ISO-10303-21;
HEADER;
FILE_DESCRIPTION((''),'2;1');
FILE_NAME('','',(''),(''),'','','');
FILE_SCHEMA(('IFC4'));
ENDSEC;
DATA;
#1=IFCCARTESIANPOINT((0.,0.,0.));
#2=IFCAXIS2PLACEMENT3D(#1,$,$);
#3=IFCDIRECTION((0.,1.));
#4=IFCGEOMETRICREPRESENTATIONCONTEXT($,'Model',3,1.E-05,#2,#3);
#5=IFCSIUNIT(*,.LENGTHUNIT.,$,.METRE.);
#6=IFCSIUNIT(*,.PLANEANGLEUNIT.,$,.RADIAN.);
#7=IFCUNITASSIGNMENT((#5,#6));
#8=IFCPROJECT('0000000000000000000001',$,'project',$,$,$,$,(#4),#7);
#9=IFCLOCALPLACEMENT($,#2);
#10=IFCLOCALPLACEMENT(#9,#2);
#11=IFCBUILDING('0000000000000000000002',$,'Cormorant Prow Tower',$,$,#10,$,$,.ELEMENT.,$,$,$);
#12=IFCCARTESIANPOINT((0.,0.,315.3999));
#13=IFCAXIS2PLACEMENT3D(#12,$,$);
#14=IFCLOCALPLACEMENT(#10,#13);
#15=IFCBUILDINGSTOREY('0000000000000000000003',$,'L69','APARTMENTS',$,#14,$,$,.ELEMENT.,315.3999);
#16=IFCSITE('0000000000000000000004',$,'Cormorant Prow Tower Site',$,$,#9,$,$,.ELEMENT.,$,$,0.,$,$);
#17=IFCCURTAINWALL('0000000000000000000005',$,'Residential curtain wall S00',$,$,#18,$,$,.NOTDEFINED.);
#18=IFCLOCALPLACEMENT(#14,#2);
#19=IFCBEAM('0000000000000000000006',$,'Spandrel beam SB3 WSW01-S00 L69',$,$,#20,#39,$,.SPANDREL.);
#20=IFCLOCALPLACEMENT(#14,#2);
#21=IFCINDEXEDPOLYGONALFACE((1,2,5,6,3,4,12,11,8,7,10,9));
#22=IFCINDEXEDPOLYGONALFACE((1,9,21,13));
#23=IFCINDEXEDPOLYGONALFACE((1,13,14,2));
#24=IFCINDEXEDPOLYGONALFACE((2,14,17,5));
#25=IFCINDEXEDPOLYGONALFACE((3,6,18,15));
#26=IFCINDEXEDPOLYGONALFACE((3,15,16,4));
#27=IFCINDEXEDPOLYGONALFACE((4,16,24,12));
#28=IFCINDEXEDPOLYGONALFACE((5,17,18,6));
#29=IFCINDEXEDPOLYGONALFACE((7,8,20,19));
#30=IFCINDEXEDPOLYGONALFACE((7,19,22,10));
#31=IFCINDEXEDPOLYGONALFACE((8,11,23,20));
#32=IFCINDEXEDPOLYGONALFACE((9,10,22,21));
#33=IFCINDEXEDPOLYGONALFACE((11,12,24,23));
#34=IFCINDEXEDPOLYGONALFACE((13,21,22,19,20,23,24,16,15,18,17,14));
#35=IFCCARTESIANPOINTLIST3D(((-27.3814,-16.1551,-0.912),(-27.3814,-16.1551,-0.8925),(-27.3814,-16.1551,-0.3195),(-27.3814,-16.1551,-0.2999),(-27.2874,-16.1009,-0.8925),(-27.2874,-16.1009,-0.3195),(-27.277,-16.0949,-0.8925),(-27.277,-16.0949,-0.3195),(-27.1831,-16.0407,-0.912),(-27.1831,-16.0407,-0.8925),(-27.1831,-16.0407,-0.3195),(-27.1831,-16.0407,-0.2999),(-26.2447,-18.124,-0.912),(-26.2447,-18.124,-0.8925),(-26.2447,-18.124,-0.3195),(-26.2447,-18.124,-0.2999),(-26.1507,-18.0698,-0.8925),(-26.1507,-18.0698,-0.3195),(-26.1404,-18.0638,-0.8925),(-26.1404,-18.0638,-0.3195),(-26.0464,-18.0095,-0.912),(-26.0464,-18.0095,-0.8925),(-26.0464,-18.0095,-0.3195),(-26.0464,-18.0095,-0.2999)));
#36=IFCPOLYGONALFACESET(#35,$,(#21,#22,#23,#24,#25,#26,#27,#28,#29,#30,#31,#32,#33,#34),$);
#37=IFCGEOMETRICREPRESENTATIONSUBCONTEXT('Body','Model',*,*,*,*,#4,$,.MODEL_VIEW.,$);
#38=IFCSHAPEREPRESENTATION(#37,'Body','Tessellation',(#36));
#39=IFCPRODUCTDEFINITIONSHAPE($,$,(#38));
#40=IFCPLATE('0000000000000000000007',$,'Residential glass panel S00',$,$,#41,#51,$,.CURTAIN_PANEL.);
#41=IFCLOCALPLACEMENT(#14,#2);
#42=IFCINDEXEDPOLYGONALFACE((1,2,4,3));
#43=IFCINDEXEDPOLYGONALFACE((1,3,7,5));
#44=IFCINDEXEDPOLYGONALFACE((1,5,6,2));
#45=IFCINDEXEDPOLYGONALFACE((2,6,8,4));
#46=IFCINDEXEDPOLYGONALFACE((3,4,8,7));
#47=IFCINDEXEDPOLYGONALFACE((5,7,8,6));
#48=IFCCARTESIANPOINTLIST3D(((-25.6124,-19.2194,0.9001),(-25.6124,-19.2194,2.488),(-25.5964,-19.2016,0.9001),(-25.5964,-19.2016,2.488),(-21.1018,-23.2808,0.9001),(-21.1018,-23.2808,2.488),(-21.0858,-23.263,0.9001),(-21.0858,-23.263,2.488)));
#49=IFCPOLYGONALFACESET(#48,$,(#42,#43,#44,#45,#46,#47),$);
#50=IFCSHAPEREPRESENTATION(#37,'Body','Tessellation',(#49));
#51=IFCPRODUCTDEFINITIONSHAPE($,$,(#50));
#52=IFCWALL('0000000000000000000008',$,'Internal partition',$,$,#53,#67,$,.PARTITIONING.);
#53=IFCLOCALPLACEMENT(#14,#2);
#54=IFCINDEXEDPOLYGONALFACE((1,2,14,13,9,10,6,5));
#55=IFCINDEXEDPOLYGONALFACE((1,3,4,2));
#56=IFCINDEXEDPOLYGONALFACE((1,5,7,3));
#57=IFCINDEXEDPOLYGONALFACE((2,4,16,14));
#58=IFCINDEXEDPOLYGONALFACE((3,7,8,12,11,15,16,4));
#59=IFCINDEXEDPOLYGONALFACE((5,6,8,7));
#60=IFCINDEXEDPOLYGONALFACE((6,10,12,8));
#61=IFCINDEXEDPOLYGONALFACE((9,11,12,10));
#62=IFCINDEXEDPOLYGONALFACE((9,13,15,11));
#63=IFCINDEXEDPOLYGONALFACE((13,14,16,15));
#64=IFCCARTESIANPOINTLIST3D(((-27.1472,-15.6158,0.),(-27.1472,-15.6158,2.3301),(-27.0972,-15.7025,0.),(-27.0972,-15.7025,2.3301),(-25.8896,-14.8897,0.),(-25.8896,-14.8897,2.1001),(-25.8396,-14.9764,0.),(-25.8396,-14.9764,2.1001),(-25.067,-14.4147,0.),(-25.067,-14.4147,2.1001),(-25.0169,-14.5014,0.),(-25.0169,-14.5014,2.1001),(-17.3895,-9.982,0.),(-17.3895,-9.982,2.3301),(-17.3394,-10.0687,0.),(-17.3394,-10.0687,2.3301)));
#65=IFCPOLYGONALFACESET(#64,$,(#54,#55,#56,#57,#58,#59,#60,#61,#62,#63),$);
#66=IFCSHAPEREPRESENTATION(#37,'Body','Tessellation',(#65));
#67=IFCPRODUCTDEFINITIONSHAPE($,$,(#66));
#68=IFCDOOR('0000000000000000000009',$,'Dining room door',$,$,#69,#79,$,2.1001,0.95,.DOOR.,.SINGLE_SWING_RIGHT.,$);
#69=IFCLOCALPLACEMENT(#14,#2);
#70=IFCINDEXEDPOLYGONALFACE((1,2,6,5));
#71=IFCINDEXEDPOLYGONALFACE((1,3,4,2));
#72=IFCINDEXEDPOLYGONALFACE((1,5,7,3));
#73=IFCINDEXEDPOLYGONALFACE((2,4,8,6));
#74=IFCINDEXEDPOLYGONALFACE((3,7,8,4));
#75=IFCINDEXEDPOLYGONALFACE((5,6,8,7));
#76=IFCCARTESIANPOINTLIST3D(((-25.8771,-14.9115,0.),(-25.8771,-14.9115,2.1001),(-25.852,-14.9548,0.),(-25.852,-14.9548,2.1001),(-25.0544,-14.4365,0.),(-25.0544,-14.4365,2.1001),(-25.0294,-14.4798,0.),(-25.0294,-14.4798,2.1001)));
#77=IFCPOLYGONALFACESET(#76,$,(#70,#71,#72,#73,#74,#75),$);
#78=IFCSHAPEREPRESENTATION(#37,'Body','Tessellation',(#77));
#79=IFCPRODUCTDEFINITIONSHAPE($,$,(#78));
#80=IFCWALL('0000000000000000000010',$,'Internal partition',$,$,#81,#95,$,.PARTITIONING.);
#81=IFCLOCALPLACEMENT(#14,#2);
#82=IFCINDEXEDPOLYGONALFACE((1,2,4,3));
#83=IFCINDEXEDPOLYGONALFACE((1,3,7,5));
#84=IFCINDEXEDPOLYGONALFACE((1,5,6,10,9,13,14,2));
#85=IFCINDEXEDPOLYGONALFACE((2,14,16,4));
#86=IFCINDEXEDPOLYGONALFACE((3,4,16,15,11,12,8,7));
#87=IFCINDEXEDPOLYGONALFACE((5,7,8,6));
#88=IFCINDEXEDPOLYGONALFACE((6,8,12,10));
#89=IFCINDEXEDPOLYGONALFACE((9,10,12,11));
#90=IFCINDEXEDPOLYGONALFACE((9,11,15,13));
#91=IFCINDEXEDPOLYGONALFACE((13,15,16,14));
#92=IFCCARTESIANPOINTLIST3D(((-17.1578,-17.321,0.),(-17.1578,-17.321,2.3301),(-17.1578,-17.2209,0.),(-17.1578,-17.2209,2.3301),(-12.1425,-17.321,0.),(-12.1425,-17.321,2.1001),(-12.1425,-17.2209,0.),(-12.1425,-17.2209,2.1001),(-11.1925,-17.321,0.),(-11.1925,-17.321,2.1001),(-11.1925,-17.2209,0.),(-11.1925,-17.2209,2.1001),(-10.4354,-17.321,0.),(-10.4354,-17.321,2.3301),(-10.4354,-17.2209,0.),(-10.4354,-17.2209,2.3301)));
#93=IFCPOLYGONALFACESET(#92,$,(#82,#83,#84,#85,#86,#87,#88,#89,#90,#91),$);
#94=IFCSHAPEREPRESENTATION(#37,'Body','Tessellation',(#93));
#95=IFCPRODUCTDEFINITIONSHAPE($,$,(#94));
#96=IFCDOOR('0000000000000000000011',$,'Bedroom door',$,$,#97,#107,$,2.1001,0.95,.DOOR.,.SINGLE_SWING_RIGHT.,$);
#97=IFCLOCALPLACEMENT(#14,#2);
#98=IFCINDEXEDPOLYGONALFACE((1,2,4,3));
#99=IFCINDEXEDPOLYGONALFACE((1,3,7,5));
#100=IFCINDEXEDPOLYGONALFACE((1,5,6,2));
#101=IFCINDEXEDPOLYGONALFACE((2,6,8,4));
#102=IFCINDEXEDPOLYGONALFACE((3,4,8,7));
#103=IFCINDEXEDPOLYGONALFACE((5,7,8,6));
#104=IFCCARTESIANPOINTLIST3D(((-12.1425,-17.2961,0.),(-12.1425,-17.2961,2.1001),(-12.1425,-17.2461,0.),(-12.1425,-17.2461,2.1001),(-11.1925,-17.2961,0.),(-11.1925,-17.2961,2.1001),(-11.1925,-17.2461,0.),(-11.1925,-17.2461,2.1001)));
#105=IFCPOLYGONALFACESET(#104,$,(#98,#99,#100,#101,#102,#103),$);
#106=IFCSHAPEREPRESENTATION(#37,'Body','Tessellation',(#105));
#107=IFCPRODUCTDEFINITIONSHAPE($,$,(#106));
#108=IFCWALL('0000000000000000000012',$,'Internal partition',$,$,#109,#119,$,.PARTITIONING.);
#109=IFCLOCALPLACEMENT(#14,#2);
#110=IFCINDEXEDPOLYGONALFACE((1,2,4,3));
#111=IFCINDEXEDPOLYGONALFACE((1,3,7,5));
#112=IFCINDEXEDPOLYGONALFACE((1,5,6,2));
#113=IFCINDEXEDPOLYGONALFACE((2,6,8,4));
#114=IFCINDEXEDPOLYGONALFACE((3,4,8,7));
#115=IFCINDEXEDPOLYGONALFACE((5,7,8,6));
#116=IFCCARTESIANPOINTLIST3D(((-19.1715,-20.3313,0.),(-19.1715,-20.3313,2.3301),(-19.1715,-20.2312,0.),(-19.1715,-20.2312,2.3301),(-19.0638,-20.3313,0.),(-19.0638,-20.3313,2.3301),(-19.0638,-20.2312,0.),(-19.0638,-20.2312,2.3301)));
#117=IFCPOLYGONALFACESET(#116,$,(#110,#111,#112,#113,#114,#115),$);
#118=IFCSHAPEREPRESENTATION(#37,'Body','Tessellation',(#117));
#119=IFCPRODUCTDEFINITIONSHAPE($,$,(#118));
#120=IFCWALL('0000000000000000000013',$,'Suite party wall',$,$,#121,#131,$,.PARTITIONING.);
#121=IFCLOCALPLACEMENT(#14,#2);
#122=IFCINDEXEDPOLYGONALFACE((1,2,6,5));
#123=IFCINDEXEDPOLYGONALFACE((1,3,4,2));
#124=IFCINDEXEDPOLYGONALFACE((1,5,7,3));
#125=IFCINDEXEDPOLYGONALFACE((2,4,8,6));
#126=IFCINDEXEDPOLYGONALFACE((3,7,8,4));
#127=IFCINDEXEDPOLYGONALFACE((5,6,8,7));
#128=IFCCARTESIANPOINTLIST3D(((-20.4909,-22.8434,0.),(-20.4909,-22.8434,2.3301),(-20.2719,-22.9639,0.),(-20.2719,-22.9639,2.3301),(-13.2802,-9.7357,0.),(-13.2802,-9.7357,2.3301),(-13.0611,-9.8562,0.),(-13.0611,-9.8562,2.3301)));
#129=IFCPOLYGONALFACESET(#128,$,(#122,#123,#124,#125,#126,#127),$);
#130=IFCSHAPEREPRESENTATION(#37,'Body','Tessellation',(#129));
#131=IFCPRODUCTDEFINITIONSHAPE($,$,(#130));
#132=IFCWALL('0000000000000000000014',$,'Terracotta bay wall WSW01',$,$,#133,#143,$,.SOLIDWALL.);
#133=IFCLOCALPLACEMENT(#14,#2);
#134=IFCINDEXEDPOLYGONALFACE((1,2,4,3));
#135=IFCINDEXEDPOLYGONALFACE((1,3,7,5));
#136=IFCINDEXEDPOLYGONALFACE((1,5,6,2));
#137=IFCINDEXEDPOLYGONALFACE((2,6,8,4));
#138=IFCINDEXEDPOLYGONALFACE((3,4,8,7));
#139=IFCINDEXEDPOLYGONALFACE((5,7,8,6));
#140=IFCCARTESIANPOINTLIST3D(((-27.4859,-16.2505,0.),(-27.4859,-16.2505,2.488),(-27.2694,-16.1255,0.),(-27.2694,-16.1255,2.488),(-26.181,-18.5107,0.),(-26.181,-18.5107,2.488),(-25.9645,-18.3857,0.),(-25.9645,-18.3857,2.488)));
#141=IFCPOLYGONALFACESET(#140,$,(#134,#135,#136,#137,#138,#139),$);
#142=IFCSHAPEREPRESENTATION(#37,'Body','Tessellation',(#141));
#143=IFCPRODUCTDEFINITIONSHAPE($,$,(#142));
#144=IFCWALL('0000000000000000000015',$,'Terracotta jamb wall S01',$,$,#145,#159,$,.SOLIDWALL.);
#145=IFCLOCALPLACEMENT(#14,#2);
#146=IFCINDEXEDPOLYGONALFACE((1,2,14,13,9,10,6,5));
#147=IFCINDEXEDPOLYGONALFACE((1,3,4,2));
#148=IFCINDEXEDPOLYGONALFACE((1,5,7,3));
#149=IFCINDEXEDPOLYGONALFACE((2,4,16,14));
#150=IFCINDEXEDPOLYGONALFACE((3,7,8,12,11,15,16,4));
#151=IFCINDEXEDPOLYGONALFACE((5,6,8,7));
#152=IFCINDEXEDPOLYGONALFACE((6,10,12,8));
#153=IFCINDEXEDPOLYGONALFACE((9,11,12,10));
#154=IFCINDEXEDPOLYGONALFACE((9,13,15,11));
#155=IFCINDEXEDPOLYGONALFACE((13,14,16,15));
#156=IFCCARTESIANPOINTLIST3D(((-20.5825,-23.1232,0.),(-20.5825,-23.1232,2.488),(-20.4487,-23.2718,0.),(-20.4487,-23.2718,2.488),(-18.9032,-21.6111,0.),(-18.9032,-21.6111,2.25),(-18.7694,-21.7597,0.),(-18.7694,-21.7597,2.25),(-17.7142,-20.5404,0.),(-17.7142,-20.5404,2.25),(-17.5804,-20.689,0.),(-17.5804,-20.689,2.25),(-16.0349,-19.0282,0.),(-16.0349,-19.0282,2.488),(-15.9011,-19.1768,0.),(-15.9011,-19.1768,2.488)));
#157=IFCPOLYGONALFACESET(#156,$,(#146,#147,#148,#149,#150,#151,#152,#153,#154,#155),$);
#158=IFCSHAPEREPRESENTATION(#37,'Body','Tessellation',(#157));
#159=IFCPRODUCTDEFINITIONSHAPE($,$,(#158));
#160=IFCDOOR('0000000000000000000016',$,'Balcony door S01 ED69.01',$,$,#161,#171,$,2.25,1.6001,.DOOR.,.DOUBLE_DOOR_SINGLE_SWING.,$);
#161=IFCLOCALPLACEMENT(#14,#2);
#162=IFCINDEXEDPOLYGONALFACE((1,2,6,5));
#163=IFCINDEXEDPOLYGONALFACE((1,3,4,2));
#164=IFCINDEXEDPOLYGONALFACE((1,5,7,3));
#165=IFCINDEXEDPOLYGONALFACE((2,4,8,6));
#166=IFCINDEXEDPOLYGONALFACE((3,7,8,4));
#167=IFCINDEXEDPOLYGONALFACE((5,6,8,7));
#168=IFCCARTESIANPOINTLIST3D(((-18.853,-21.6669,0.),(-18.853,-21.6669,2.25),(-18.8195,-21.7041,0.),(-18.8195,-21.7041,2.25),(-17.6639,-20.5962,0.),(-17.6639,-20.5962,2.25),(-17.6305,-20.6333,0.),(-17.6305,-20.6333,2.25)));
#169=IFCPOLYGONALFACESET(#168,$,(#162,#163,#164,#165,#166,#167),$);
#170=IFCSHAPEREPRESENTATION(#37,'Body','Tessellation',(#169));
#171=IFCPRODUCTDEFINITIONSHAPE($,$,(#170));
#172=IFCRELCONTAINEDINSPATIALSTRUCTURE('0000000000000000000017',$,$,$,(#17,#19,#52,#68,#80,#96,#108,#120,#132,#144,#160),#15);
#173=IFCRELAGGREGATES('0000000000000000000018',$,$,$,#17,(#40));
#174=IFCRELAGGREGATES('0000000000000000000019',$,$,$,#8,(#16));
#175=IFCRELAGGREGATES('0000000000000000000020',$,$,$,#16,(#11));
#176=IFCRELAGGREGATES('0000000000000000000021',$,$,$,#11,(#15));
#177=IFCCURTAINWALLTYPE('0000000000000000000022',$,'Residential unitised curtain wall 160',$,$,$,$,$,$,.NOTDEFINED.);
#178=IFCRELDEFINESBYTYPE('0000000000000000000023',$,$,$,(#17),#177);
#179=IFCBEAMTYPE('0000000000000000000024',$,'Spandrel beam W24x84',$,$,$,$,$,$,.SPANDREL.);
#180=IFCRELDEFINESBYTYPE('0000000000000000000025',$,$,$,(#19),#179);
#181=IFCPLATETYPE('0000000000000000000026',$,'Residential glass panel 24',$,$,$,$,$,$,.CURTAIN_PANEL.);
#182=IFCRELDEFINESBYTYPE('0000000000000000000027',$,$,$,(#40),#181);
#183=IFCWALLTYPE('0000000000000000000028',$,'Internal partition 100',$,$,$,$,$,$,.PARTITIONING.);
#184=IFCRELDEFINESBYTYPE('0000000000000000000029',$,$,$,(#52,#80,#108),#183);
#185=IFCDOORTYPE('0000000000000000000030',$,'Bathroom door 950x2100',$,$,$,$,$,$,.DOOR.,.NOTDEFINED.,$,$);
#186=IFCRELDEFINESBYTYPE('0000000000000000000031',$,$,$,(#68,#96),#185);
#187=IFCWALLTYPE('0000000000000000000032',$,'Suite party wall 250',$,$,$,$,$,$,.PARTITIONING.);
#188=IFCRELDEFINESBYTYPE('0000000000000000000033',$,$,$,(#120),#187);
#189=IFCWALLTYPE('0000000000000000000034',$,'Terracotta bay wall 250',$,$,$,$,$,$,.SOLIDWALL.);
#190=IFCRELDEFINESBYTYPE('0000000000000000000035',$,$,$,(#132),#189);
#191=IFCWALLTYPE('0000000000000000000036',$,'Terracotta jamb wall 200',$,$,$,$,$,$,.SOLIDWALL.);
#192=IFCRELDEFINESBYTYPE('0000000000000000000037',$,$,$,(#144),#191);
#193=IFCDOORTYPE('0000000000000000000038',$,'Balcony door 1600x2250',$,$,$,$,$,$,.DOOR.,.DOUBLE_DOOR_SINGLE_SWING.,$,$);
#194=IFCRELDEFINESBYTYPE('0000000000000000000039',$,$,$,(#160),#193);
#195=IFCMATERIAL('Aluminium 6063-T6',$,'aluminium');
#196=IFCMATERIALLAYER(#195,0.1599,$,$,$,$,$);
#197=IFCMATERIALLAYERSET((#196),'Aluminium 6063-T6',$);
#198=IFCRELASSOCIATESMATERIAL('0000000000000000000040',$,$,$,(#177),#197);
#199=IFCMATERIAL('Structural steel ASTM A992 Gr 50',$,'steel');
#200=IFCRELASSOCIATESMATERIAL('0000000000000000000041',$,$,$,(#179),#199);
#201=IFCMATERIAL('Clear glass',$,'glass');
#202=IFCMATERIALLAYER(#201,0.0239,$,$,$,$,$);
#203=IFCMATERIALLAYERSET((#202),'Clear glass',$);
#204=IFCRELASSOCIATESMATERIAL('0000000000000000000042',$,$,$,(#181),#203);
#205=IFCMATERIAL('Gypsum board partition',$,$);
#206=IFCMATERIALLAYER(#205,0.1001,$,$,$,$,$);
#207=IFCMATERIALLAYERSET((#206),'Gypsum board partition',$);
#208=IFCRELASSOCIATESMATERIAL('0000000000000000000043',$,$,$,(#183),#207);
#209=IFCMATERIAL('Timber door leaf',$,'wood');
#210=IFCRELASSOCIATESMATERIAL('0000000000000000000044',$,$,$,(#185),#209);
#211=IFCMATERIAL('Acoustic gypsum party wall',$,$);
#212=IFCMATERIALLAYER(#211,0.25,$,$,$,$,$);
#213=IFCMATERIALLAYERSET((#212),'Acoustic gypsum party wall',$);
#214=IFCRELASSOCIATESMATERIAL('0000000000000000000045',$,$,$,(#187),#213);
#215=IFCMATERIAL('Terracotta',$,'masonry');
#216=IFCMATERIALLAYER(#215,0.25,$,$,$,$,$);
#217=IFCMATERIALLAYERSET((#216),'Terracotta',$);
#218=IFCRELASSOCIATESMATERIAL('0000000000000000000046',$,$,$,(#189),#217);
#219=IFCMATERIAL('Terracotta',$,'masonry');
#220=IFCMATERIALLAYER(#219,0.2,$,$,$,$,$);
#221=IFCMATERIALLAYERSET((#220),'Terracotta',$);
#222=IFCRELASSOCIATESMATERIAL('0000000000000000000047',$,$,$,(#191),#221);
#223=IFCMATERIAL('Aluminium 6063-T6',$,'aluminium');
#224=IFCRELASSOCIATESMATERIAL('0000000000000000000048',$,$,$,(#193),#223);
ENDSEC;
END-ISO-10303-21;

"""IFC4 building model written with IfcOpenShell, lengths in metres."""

from ifc_helpers import new_model, si_unit, direction, frame, frame_2d, origin, origin_2d, place, context, subcontext, project, spatial, rectangle, i_section, extrude, material, layer, layer_set, material_profile, profile_set, type_object, element, fill, aggregate, save


model = new_model("IFC4")

# Units and contexts
model_context = context("Model", 3, precision=1e-05, world=origin(), true_north=direction((0.0, 1.0)))
body_context = subcontext(model_context, "Body", "Model", "MODEL_VIEW")
ifc_project = project(units=[si_unit("LENGTHUNIT", "METRE"), si_unit("PLANEANGLEUNIT", "RADIAN")], contexts=[model_context])

# Site, building, storey
site_placement = place(None, origin())
site = spatial("IfcSite", under=ifc_project, at=site_placement, Name="Cormorant Prow Tower Site", CompositionType="ELEMENT", RefElevation=0.0)
building_placement = place(site_placement, origin())
building = spatial("IfcBuilding", under=site, at=building_placement, Name="Cormorant Prow Tower", CompositionType="ELEMENT")
storey_placement = place(building_placement, frame((0.0, 0.0, 315.3999)))
storey = spatial("IfcBuildingStorey", under=building, at=storey_placement, Name="L69", Description="APARTMENTS", CompositionType="ELEMENT", Elevation=315.3999)

# Curtain wall
ifc_material_1 = material(Name="Aluminium 6063-T6", Category="aluminium")
ifc_layer_1 = layer(ifc_material_1, 0.1599)
ifc_layer_set_1 = layer_set([ifc_layer_1], Name="Aluminium 6063-T6")
curtain_wall_type = type_object("IfcCurtainWallType", Name="Residential unitised curtain wall 160", PredefinedType="NOTDEFINED", material=ifc_layer_set_1)
curtain_wall_placement = place(storey_placement, origin())
curtain_wall = element("IfcCurtainWall", 1, at=curtain_wall_placement, inside=storey, type_object=curtain_wall_type, Name="Residential curtain wall S00", PredefinedType="NOTDEFINED")

# Beam
ifc_material_2 = material(Name="Structural steel ASTM A992 Gr 50", Category="steel")
ifc_material_profile_1 = material_profile(ifc_material_2, i_section(OverallWidth=0.229, OverallDepth=0.6121, WebThickness=0.012, FlangeThickness=0.0195, at=origin_2d()), Name="W24x84")
ifc_profile_set_1 = profile_set([ifc_material_profile_1], Name="Structural steel ASTM A992 Gr 50")
beam_type = type_object("IfcBeamType", Name="Spandrel beam W24x84", PredefinedType="SPANDREL", material=ifc_profile_set_1)
beam_1_placement = place(storey_placement, frame((-27.2822, -16.0979, -0.606), z_axis=(0.499973, -0.866041, 0.0), x_axis=(0.866041, 0.499973, 0.0)))
element("IfcBeam", 2, at=beam_1_placement, inside=storey, type_object=beam_type, Name="Spandrel beam SB3 WSW01-S00 L69", PredefinedType="SPANDREL", context=body_context, shape_type="SweptSolid", body=[
    extrude(i_section(OverallWidth=0.229, OverallDepth=0.6121, WebThickness=0.012, FlangeThickness=0.0195, at=origin_2d()), origin(), (0.0, 0.0, 1.0), 2.2734),
])

# Plate
ifc_material_3 = material(Name="Clear glass", Category="glass")
ifc_layer_2 = layer(ifc_material_3, 0.0239)
ifc_layer_set_2 = layer_set([ifc_layer_2], Name="Clear glass")
plate_type = type_object("IfcPlateType", Name="Residential glass panel 24", PredefinedType="CURTAIN_PANEL", material=ifc_layer_set_2)
plate_placement = place(storey_placement, frame((-23.3491, -21.2412, 0.9001), z_axis=(0.0, 0.0, 1.0), x_axis=(0.743145, -0.669131, 0.0)))
plate = element("IfcPlate", 3, at=plate_placement, type_object=plate_type, Name="Residential glass panel S00", PredefinedType="CURTAIN_PANEL", context=body_context, shape_type="SweptSolid", body=[
    extrude(rectangle(XDim=6.0696, YDim=0.0239, at=origin_2d()), origin(), (0.0, 0.0, 1.0), 1.5879),
])
aggregate(curtain_wall, [plate])

# Walls, openings, doors
ifc_material_4 = material(Name="Gypsum board partition")
ifc_layer_3 = layer(ifc_material_4, 0.1001)
ifc_layer_set_3 = layer_set([ifc_layer_3], Name="Gypsum board partition")
wall_type_1 = type_object("IfcWallType", Name="Internal partition 100", PredefinedType="PARTITIONING", material=ifc_layer_set_3)
wall_1_placement = place(storey_placement, frame((-27.1223, -15.6592, 0.0), z_axis=(0.0, 0.0, 1.0), x_axis=(0.866021, 0.500008, 0.0)))
wall_1 = element("IfcWall", 4, at=wall_1_placement, inside=storey, type_object=wall_type_1, Name="Internal partition", PredefinedType="PARTITIONING", context=body_context, shape_type="SweptSolid", body=[
    extrude(rectangle(XDim=11.2673, YDim=0.1001, at=frame_2d((5.6338, 0.0))), origin(), (0.0, 0.0, 1.0), 2.3301),
])
opening_1_placement = place(wall_1_placement, frame((1.4521, 0.0, 0.0)))
opening_1 = element("IfcOpeningElement", 5, at=opening_1_placement, cuts=wall_1, PredefinedType="OPENING", context=body_context, shape_type="SweptSolid", body=[
    extrude(rectangle(XDim=0.95, YDim=2.1001, at=frame_2d((0.4751, 1.05))), frame((0.0, 0.0601, 0.0), z_axis=(0.0, -1.0, 0.0), x_axis=(1.0, 0.0, 0.0)), (0.0, 0.0, 1.0), 0.1201),
])
ifc_material_5 = material(Name="Timber door leaf", Category="wood")
door_type_1 = type_object("IfcDoorType", Name="Bathroom door 950x2100", OperationType="NOTDEFINED", PredefinedType="DOOR", material=ifc_material_5)
door_1_placement = place(opening_1_placement, origin())
door_1 = element("IfcDoor", 6, at=door_1_placement, inside=storey, type_object=door_type_1, Name="Dining room door", OperationType="SINGLE_SWING_RIGHT", OverallHeight=2.1001, OverallWidth=0.95, PredefinedType="DOOR", context=body_context, shape_type="SweptSolid", body=[
    extrude(rectangle(XDim=0.95, YDim=2.1001, at=frame_2d((0.4751, 1.05))), frame((0.0, 0.0249, 0.0), z_axis=(0.0, -1.0, 0.0), x_axis=(1.0, 0.0, 0.0)), (0.0, 0.0, 1.0), 0.05),
])
fill(opening_1, door_1)
wall_2_placement = place(storey_placement, frame((-17.158, -17.271, 0.0), z_axis=(0.0, 0.0, 1.0), x_axis=(1.0, 0.0, 0.0)))
wall_2 = element("IfcWall", 7, at=wall_2_placement, inside=storey, type_object=wall_type_1, Name="Internal partition", PredefinedType="PARTITIONING", context=body_context, shape_type="SweptSolid", body=[
    extrude(rectangle(XDim=6.7224, YDim=0.1001, at=frame_2d((3.3613, 0.0))), origin(), (0.0, 0.0, 1.0), 2.3301),
])
opening_2_placement = place(wall_2_placement, frame((5.0154, 0.0, 0.0)))
opening_2 = element("IfcOpeningElement", 8, at=opening_2_placement, cuts=wall_2, PredefinedType="OPENING", context=body_context, shape_type="SweptSolid", body=[
    extrude(rectangle(XDim=0.95, YDim=2.1001, at=frame_2d((0.4751, 1.05))), frame((0.0, 0.0601, 0.0), z_axis=(0.0, -1.0, 0.0), x_axis=(1.0, 0.0, 0.0)), (0.0, 0.0, 1.0), 0.1201),
])
door_2_placement = place(opening_2_placement, origin())
door_2 = element("IfcDoor", 9, at=door_2_placement, inside=storey, type_object=door_type_1, Name="Bedroom door", OperationType="SINGLE_SWING_RIGHT", OverallHeight=2.1001, OverallWidth=0.95, PredefinedType="DOOR", context=body_context, shape_type="SweptSolid", body=[
    extrude(rectangle(XDim=0.95, YDim=2.1001, at=frame_2d((0.4751, 1.05))), frame((0.0, 0.0249, 0.0), z_axis=(0.0, -1.0, 0.0), x_axis=(1.0, 0.0, 0.0)), (0.0, 0.0, 1.0), 0.05),
])
fill(opening_2, door_2)

# Walls
wall_3_placement = place(storey_placement, frame((-19.1714, -20.2812, 0.0), z_axis=(0.0, 0.0, 1.0), x_axis=(1.0, 0.0, 0.0)))
element("IfcWall", 10, at=wall_3_placement, inside=storey, type_object=wall_type_1, Name="Internal partition", PredefinedType="PARTITIONING", context=body_context, shape_type="SweptSolid", body=[
    extrude(rectangle(XDim=0.1077, YDim=0.1001, at=frame_2d((0.0537, 0.0))), origin(), (0.0, 0.0, 1.0), 2.3301),
])
ifc_material_6 = material(Name="Acoustic gypsum party wall")
ifc_layer_4 = layer(ifc_material_6, 0.25)
ifc_layer_set_4 = layer_set([ifc_layer_4], Name="Acoustic gypsum party wall")
wall_type_2 = type_object("IfcWallType", Name="Suite party wall 250", PredefinedType="PARTITIONING", material=ifc_layer_set_4)
wall_4_placement = place(storey_placement, frame((-20.3813, -22.9036, 0.0), z_axis=(0.0, 0.0, 1.0), x_axis=(0.481995, 0.876174, 0.0)))
element("IfcWall", 11, at=wall_4_placement, inside=storey, type_object=wall_type_2, Name="Suite party wall", PredefinedType="PARTITIONING", context=body_context, shape_type="SweptSolid", body=[
    extrude(rectangle(XDim=14.9602, YDim=0.25, at=frame_2d((7.48, 0.0))), origin(), (0.0, 0.0, 1.0), 2.3301),
])
ifc_material_7 = material(Name="Terracotta", Category="masonry")
ifc_layer_5 = layer(ifc_material_7, 0.25)
ifc_layer_set_5 = layer_set([ifc_layer_5], Name="Terracotta")
wall_type_3 = type_object("IfcWallType", Name="Terracotta bay wall 250", PredefinedType="SOLIDWALL", material=ifc_layer_set_5)
wall_5_placement = place(storey_placement, frame((-27.3777, -16.188, 0.0), z_axis=(0.0, 0.0, 1.0), x_axis=(0.499992, -0.86603, 0.0)))
element("IfcWall", 12, at=wall_5_placement, inside=storey, type_object=wall_type_3, Name="Terracotta bay wall WSW01", PredefinedType="SOLIDWALL", context=body_context, shape_type="SweptSolid", body=[
    extrude(rectangle(XDim=2.6099, YDim=0.25, at=frame_2d((1.3049, 0.0))), origin(), (0.0, 0.0, 1.0), 2.488),
])

# Wall, opening, door
ifc_material_8 = material(Name="Terracotta", Category="masonry")
ifc_layer_6 = layer(ifc_material_8, 0.2)
ifc_layer_set_6 = layer_set([ifc_layer_6], Name="Terracotta")
wall_type_4 = type_object("IfcWallType", Name="Terracotta jamb wall 200", PredefinedType="SOLIDWALL", material=ifc_layer_set_6)
wall_6_placement = place(storey_placement, frame((-20.5156, -23.1975, 0.0), z_axis=(0.0, 0.0, 1.0), x_axis=(0.743122, 0.669156, 0.0)))
wall_6 = element("IfcWall", 13, at=wall_6_placement, inside=storey, type_object=wall_type_4, Name="Terracotta jamb wall S01", PredefinedType="SOLIDWALL", context=body_context, shape_type="SweptSolid", body=[
    extrude(rectangle(XDim=6.1196, YDim=0.2, at=frame_2d((3.0598, 0.0))), origin(), (0.0, 0.0, 1.0), 2.488),
])
opening_3_placement = place(wall_6_placement, frame((2.2598, 0.0, 0.0)))
opening_3 = element("IfcOpeningElement", 14, at=opening_3_placement, cuts=wall_6, PredefinedType="OPENING", context=body_context, shape_type="SweptSolid", body=[
    extrude(rectangle(XDim=1.6001, YDim=2.25, at=frame_2d((0.8, 1.125))), frame((0.0, 0.1099, 0.0), z_axis=(0.0, -1.0, 0.0), x_axis=(1.0, 0.0, 0.0)), (0.0, 0.0, 1.0), 0.22),
])
ifc_material_9 = material(Name="Aluminium 6063-T6", Category="aluminium")
door_type_2 = type_object("IfcDoorType", Name="Balcony door 1600x2250", OperationType="DOUBLE_DOOR_SINGLE_SWING", PredefinedType="DOOR", material=ifc_material_9)
door_3_placement = place(opening_3_placement, origin())
door_3 = element("IfcDoor", 15, at=door_3_placement, inside=storey, type_object=door_type_2, Name="Balcony door S01 ED69.01", OperationType="DOUBLE_DOOR_SINGLE_SWING", OverallHeight=2.25, OverallWidth=1.6001, PredefinedType="DOOR", context=body_context, shape_type="SweptSolid", body=[
    extrude(rectangle(XDim=1.6001, YDim=2.25, at=frame_2d((0.8, 1.125))), frame((0.0, 0.0249, 0.0), z_axis=(0.0, -1.0, 0.0), x_axis=(1.0, 0.0, 0.0)), (0.0, 0.0, 1.0), 0.05),
])
fill(opening_3, door_3)

save(model, "model.ifc")
